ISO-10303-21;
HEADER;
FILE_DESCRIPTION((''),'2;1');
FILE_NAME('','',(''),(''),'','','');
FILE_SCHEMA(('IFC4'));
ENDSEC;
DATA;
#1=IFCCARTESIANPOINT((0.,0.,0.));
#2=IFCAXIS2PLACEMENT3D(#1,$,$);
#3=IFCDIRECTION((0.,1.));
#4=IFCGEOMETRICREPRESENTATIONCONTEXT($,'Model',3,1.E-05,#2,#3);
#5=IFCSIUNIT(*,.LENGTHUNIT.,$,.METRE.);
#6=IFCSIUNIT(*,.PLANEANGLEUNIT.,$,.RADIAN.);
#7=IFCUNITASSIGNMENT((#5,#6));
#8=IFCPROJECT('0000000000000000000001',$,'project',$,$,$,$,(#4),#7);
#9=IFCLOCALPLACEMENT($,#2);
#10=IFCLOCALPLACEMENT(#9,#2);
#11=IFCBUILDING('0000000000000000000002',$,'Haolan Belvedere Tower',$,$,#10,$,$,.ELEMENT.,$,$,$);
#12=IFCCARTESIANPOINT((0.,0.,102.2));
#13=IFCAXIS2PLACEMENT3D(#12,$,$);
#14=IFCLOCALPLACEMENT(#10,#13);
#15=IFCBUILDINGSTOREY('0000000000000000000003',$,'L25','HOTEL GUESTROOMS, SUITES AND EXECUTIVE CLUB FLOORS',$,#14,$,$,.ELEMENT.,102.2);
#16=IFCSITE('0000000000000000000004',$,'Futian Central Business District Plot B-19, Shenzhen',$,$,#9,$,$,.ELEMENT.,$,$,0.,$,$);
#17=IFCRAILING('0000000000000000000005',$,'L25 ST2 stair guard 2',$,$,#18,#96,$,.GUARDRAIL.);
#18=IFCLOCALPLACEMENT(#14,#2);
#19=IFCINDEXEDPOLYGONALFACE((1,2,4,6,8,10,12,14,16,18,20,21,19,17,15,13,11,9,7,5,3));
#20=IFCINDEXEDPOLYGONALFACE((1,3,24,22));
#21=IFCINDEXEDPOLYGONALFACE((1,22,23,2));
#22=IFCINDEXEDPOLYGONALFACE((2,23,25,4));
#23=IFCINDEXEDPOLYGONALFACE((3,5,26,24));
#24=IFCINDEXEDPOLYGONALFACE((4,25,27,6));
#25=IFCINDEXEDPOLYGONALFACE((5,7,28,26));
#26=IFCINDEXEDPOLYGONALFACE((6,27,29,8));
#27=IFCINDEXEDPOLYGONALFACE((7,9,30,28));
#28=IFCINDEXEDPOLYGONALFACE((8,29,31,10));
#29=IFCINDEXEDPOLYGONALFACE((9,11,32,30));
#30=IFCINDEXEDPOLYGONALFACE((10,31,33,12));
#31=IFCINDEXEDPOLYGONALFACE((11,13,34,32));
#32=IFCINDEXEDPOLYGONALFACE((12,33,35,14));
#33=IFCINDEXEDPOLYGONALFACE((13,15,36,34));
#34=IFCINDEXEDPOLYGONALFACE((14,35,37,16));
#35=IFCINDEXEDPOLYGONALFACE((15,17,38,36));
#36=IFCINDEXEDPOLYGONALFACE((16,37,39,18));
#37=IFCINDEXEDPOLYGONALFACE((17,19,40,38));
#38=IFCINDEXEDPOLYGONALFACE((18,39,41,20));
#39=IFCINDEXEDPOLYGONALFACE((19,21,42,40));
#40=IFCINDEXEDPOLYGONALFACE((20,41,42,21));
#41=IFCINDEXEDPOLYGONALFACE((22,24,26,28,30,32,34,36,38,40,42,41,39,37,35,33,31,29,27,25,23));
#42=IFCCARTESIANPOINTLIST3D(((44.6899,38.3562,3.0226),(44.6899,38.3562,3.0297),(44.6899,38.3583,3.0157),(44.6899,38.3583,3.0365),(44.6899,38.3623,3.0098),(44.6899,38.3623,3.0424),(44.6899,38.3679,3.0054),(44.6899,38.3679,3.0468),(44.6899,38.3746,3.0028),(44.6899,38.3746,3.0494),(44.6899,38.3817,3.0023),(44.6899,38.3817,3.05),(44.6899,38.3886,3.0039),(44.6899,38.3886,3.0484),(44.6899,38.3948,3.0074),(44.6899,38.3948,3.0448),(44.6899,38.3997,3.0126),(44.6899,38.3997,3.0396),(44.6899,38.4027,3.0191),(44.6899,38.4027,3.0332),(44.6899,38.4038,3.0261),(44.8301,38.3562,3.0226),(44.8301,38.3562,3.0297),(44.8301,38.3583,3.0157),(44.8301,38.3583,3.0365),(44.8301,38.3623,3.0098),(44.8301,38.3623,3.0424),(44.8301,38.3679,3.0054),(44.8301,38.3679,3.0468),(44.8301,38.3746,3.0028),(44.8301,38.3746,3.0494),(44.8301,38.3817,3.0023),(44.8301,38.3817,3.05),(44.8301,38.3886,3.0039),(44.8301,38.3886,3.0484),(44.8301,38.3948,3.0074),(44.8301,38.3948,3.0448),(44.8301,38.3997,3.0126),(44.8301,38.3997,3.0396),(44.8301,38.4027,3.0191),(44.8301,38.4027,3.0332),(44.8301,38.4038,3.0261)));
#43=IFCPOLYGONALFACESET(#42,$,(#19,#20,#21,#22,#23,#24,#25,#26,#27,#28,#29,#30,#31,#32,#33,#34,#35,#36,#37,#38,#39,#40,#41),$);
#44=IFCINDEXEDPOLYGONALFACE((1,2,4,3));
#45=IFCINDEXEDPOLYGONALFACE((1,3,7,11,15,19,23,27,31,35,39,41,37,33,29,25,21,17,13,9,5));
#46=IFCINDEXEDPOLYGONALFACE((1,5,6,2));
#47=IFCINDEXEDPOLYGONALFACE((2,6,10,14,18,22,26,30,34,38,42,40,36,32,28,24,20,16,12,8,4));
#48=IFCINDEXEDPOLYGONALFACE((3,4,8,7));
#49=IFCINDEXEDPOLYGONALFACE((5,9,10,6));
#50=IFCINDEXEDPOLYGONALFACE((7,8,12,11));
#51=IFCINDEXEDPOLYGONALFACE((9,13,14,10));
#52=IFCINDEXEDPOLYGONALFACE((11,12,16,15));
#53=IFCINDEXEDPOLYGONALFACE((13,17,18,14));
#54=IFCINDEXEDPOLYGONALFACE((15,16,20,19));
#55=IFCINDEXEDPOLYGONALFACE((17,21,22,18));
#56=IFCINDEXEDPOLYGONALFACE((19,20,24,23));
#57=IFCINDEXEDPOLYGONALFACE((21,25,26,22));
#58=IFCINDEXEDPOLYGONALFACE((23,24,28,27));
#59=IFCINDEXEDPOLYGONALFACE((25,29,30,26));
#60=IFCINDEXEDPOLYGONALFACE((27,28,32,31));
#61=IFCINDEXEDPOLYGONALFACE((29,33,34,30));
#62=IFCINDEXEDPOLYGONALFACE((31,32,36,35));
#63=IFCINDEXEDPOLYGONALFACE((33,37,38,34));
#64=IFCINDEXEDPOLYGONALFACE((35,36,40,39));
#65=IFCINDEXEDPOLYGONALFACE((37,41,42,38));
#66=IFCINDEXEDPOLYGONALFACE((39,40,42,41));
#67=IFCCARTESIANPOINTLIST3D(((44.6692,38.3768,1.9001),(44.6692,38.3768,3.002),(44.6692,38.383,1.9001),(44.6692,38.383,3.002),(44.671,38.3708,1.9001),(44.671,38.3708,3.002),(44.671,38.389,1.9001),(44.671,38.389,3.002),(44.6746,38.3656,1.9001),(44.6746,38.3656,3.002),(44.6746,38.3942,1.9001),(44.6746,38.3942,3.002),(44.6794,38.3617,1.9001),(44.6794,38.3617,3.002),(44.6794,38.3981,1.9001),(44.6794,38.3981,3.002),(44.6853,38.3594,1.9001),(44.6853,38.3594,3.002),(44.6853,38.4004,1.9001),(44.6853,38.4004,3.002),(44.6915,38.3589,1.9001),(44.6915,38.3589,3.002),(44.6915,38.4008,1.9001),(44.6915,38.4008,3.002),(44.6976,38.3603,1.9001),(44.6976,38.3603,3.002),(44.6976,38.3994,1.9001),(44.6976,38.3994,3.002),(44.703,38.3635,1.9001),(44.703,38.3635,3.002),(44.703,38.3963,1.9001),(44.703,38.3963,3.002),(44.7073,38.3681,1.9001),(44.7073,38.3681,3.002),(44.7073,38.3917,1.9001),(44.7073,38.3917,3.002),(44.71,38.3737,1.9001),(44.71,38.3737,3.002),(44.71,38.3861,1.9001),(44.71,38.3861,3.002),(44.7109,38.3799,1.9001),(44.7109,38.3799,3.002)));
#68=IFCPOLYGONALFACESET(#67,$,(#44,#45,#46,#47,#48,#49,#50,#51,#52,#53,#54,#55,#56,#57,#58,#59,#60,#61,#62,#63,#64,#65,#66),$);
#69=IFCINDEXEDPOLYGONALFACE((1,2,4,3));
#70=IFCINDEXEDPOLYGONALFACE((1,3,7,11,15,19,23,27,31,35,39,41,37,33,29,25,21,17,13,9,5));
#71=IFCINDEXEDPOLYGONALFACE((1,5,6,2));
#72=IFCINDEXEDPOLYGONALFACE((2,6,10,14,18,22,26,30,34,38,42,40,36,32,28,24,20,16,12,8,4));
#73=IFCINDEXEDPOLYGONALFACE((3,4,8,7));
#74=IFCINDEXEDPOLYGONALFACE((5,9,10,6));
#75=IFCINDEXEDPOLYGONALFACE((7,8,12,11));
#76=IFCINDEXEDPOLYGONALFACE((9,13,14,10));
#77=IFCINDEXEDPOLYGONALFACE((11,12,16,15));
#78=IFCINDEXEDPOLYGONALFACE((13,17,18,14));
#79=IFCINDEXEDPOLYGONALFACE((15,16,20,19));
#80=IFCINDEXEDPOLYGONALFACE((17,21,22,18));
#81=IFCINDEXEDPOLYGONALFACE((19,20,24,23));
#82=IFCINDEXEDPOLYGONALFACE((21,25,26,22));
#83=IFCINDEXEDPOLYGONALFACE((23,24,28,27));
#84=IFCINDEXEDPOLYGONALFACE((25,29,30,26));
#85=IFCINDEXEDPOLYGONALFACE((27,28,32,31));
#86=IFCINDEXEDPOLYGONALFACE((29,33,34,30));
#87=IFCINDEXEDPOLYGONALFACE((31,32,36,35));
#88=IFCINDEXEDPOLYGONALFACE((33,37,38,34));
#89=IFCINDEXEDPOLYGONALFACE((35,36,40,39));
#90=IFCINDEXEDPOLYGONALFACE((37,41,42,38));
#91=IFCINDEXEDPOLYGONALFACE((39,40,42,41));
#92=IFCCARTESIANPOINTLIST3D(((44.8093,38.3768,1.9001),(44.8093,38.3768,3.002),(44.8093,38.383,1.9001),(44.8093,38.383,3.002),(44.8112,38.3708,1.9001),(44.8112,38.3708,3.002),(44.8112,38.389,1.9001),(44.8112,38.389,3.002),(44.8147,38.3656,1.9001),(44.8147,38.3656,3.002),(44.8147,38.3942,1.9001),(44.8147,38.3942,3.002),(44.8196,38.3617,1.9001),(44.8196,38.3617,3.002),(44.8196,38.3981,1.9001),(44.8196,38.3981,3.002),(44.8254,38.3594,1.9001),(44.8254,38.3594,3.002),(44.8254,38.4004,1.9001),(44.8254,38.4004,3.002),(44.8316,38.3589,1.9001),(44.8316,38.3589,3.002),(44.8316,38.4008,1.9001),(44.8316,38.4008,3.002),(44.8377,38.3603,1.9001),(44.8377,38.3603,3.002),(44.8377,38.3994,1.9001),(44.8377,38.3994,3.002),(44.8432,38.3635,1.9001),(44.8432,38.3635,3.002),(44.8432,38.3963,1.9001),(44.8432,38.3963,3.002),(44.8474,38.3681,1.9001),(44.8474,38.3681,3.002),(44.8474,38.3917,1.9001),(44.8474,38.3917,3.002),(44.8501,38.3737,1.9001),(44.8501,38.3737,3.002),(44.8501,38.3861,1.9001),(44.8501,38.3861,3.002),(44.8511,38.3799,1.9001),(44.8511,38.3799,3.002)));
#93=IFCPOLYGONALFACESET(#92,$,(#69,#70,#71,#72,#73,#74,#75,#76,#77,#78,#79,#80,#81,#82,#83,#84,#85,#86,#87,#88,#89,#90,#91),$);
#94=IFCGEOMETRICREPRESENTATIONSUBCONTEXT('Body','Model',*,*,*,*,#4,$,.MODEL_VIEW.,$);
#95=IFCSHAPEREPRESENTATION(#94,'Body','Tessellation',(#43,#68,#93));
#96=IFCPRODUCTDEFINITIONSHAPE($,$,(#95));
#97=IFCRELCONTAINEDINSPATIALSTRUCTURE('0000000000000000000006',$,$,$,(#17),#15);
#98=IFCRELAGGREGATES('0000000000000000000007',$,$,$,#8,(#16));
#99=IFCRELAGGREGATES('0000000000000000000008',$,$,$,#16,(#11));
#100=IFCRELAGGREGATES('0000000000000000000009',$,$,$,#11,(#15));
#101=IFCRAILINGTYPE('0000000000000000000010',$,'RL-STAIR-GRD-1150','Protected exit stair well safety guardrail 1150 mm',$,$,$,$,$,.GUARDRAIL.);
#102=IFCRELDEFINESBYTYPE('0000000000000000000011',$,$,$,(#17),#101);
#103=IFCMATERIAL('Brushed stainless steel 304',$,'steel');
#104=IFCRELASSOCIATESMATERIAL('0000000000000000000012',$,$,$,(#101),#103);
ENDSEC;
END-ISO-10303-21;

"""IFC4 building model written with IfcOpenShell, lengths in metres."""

from ifc_helpers import new_model, si_unit, direction, frame, origin, origin_2d, place, context, subcontext, project, spatial, circle, extrude, material, type_object, element, save


model = new_model("IFC4")

# Units and contexts
model_context = context("Model", 3, precision=1e-05, world=origin(), true_north=direction((0.0, 1.0)))
body_context = subcontext(model_context, "Body", "Model", "MODEL_VIEW")
ifc_project = project(units=[si_unit("LENGTHUNIT", "METRE"), si_unit("PLANEANGLEUNIT", "RADIAN")], contexts=[model_context])

# Site, building, storey
site_placement = place(None, origin())
site = spatial("IfcSite", under=ifc_project, at=site_placement, Name="Futian Central Business District Plot B-19, Shenzhen", CompositionType="ELEMENT", RefElevation=0.0)
building_placement = place(site_placement, origin())
building = spatial("IfcBuilding", under=site, at=building_placement, Name="Haolan Belvedere Tower", CompositionType="ELEMENT")
storey_placement = place(building_placement, frame((0.0, 0.0, 102.2)))
storey = spatial("IfcBuildingStorey", under=building, at=storey_placement, Name="L25", Description="HOTEL GUESTROOMS, SUITES AND EXECUTIVE CLUB FLOORS", CompositionType="ELEMENT", Elevation=102.2)

# Railing
ifc_material_1 = material(Name="Brushed stainless steel 304", Category="steel")
railing_type_1 = type_object("IfcRailingType", Name="RL-STAIR-GRD-1150", Description="Protected exit stair well safety guardrail 1150 mm", PredefinedType="GUARDRAIL", material=ifc_material_1)
railing_1_placement = place(storey_placement, frame((44.6899, 38.3799, 1.9001)))
element("IfcRailing", 1, at=railing_1_placement, inside=storey, type_object=railing_type_1, Name="L25 ST2 stair guard 2", PredefinedType="GUARDRAIL", context=body_context, shape_type="SweptSolid", body=[
    extrude(circle(Radius=0.0239, at=origin_2d()), frame((0.0, 0.0, 1.126), z_axis=(1.0, 0.0, 0.0), x_axis=(0.0, 1.0, 0.0)), (0.0, 0.0, 1.0), 0.1401),
    extrude(circle(Radius=0.021, at=origin_2d()), origin(), (0.0, 0.0, 1.0), 1.1018),
    extrude(circle(Radius=0.021, at=origin_2d()), frame((0.1401, 0.0, 0.0)), (0.0, 0.0, 1.0), 1.1018),
])

save(model, "model.ifc")
